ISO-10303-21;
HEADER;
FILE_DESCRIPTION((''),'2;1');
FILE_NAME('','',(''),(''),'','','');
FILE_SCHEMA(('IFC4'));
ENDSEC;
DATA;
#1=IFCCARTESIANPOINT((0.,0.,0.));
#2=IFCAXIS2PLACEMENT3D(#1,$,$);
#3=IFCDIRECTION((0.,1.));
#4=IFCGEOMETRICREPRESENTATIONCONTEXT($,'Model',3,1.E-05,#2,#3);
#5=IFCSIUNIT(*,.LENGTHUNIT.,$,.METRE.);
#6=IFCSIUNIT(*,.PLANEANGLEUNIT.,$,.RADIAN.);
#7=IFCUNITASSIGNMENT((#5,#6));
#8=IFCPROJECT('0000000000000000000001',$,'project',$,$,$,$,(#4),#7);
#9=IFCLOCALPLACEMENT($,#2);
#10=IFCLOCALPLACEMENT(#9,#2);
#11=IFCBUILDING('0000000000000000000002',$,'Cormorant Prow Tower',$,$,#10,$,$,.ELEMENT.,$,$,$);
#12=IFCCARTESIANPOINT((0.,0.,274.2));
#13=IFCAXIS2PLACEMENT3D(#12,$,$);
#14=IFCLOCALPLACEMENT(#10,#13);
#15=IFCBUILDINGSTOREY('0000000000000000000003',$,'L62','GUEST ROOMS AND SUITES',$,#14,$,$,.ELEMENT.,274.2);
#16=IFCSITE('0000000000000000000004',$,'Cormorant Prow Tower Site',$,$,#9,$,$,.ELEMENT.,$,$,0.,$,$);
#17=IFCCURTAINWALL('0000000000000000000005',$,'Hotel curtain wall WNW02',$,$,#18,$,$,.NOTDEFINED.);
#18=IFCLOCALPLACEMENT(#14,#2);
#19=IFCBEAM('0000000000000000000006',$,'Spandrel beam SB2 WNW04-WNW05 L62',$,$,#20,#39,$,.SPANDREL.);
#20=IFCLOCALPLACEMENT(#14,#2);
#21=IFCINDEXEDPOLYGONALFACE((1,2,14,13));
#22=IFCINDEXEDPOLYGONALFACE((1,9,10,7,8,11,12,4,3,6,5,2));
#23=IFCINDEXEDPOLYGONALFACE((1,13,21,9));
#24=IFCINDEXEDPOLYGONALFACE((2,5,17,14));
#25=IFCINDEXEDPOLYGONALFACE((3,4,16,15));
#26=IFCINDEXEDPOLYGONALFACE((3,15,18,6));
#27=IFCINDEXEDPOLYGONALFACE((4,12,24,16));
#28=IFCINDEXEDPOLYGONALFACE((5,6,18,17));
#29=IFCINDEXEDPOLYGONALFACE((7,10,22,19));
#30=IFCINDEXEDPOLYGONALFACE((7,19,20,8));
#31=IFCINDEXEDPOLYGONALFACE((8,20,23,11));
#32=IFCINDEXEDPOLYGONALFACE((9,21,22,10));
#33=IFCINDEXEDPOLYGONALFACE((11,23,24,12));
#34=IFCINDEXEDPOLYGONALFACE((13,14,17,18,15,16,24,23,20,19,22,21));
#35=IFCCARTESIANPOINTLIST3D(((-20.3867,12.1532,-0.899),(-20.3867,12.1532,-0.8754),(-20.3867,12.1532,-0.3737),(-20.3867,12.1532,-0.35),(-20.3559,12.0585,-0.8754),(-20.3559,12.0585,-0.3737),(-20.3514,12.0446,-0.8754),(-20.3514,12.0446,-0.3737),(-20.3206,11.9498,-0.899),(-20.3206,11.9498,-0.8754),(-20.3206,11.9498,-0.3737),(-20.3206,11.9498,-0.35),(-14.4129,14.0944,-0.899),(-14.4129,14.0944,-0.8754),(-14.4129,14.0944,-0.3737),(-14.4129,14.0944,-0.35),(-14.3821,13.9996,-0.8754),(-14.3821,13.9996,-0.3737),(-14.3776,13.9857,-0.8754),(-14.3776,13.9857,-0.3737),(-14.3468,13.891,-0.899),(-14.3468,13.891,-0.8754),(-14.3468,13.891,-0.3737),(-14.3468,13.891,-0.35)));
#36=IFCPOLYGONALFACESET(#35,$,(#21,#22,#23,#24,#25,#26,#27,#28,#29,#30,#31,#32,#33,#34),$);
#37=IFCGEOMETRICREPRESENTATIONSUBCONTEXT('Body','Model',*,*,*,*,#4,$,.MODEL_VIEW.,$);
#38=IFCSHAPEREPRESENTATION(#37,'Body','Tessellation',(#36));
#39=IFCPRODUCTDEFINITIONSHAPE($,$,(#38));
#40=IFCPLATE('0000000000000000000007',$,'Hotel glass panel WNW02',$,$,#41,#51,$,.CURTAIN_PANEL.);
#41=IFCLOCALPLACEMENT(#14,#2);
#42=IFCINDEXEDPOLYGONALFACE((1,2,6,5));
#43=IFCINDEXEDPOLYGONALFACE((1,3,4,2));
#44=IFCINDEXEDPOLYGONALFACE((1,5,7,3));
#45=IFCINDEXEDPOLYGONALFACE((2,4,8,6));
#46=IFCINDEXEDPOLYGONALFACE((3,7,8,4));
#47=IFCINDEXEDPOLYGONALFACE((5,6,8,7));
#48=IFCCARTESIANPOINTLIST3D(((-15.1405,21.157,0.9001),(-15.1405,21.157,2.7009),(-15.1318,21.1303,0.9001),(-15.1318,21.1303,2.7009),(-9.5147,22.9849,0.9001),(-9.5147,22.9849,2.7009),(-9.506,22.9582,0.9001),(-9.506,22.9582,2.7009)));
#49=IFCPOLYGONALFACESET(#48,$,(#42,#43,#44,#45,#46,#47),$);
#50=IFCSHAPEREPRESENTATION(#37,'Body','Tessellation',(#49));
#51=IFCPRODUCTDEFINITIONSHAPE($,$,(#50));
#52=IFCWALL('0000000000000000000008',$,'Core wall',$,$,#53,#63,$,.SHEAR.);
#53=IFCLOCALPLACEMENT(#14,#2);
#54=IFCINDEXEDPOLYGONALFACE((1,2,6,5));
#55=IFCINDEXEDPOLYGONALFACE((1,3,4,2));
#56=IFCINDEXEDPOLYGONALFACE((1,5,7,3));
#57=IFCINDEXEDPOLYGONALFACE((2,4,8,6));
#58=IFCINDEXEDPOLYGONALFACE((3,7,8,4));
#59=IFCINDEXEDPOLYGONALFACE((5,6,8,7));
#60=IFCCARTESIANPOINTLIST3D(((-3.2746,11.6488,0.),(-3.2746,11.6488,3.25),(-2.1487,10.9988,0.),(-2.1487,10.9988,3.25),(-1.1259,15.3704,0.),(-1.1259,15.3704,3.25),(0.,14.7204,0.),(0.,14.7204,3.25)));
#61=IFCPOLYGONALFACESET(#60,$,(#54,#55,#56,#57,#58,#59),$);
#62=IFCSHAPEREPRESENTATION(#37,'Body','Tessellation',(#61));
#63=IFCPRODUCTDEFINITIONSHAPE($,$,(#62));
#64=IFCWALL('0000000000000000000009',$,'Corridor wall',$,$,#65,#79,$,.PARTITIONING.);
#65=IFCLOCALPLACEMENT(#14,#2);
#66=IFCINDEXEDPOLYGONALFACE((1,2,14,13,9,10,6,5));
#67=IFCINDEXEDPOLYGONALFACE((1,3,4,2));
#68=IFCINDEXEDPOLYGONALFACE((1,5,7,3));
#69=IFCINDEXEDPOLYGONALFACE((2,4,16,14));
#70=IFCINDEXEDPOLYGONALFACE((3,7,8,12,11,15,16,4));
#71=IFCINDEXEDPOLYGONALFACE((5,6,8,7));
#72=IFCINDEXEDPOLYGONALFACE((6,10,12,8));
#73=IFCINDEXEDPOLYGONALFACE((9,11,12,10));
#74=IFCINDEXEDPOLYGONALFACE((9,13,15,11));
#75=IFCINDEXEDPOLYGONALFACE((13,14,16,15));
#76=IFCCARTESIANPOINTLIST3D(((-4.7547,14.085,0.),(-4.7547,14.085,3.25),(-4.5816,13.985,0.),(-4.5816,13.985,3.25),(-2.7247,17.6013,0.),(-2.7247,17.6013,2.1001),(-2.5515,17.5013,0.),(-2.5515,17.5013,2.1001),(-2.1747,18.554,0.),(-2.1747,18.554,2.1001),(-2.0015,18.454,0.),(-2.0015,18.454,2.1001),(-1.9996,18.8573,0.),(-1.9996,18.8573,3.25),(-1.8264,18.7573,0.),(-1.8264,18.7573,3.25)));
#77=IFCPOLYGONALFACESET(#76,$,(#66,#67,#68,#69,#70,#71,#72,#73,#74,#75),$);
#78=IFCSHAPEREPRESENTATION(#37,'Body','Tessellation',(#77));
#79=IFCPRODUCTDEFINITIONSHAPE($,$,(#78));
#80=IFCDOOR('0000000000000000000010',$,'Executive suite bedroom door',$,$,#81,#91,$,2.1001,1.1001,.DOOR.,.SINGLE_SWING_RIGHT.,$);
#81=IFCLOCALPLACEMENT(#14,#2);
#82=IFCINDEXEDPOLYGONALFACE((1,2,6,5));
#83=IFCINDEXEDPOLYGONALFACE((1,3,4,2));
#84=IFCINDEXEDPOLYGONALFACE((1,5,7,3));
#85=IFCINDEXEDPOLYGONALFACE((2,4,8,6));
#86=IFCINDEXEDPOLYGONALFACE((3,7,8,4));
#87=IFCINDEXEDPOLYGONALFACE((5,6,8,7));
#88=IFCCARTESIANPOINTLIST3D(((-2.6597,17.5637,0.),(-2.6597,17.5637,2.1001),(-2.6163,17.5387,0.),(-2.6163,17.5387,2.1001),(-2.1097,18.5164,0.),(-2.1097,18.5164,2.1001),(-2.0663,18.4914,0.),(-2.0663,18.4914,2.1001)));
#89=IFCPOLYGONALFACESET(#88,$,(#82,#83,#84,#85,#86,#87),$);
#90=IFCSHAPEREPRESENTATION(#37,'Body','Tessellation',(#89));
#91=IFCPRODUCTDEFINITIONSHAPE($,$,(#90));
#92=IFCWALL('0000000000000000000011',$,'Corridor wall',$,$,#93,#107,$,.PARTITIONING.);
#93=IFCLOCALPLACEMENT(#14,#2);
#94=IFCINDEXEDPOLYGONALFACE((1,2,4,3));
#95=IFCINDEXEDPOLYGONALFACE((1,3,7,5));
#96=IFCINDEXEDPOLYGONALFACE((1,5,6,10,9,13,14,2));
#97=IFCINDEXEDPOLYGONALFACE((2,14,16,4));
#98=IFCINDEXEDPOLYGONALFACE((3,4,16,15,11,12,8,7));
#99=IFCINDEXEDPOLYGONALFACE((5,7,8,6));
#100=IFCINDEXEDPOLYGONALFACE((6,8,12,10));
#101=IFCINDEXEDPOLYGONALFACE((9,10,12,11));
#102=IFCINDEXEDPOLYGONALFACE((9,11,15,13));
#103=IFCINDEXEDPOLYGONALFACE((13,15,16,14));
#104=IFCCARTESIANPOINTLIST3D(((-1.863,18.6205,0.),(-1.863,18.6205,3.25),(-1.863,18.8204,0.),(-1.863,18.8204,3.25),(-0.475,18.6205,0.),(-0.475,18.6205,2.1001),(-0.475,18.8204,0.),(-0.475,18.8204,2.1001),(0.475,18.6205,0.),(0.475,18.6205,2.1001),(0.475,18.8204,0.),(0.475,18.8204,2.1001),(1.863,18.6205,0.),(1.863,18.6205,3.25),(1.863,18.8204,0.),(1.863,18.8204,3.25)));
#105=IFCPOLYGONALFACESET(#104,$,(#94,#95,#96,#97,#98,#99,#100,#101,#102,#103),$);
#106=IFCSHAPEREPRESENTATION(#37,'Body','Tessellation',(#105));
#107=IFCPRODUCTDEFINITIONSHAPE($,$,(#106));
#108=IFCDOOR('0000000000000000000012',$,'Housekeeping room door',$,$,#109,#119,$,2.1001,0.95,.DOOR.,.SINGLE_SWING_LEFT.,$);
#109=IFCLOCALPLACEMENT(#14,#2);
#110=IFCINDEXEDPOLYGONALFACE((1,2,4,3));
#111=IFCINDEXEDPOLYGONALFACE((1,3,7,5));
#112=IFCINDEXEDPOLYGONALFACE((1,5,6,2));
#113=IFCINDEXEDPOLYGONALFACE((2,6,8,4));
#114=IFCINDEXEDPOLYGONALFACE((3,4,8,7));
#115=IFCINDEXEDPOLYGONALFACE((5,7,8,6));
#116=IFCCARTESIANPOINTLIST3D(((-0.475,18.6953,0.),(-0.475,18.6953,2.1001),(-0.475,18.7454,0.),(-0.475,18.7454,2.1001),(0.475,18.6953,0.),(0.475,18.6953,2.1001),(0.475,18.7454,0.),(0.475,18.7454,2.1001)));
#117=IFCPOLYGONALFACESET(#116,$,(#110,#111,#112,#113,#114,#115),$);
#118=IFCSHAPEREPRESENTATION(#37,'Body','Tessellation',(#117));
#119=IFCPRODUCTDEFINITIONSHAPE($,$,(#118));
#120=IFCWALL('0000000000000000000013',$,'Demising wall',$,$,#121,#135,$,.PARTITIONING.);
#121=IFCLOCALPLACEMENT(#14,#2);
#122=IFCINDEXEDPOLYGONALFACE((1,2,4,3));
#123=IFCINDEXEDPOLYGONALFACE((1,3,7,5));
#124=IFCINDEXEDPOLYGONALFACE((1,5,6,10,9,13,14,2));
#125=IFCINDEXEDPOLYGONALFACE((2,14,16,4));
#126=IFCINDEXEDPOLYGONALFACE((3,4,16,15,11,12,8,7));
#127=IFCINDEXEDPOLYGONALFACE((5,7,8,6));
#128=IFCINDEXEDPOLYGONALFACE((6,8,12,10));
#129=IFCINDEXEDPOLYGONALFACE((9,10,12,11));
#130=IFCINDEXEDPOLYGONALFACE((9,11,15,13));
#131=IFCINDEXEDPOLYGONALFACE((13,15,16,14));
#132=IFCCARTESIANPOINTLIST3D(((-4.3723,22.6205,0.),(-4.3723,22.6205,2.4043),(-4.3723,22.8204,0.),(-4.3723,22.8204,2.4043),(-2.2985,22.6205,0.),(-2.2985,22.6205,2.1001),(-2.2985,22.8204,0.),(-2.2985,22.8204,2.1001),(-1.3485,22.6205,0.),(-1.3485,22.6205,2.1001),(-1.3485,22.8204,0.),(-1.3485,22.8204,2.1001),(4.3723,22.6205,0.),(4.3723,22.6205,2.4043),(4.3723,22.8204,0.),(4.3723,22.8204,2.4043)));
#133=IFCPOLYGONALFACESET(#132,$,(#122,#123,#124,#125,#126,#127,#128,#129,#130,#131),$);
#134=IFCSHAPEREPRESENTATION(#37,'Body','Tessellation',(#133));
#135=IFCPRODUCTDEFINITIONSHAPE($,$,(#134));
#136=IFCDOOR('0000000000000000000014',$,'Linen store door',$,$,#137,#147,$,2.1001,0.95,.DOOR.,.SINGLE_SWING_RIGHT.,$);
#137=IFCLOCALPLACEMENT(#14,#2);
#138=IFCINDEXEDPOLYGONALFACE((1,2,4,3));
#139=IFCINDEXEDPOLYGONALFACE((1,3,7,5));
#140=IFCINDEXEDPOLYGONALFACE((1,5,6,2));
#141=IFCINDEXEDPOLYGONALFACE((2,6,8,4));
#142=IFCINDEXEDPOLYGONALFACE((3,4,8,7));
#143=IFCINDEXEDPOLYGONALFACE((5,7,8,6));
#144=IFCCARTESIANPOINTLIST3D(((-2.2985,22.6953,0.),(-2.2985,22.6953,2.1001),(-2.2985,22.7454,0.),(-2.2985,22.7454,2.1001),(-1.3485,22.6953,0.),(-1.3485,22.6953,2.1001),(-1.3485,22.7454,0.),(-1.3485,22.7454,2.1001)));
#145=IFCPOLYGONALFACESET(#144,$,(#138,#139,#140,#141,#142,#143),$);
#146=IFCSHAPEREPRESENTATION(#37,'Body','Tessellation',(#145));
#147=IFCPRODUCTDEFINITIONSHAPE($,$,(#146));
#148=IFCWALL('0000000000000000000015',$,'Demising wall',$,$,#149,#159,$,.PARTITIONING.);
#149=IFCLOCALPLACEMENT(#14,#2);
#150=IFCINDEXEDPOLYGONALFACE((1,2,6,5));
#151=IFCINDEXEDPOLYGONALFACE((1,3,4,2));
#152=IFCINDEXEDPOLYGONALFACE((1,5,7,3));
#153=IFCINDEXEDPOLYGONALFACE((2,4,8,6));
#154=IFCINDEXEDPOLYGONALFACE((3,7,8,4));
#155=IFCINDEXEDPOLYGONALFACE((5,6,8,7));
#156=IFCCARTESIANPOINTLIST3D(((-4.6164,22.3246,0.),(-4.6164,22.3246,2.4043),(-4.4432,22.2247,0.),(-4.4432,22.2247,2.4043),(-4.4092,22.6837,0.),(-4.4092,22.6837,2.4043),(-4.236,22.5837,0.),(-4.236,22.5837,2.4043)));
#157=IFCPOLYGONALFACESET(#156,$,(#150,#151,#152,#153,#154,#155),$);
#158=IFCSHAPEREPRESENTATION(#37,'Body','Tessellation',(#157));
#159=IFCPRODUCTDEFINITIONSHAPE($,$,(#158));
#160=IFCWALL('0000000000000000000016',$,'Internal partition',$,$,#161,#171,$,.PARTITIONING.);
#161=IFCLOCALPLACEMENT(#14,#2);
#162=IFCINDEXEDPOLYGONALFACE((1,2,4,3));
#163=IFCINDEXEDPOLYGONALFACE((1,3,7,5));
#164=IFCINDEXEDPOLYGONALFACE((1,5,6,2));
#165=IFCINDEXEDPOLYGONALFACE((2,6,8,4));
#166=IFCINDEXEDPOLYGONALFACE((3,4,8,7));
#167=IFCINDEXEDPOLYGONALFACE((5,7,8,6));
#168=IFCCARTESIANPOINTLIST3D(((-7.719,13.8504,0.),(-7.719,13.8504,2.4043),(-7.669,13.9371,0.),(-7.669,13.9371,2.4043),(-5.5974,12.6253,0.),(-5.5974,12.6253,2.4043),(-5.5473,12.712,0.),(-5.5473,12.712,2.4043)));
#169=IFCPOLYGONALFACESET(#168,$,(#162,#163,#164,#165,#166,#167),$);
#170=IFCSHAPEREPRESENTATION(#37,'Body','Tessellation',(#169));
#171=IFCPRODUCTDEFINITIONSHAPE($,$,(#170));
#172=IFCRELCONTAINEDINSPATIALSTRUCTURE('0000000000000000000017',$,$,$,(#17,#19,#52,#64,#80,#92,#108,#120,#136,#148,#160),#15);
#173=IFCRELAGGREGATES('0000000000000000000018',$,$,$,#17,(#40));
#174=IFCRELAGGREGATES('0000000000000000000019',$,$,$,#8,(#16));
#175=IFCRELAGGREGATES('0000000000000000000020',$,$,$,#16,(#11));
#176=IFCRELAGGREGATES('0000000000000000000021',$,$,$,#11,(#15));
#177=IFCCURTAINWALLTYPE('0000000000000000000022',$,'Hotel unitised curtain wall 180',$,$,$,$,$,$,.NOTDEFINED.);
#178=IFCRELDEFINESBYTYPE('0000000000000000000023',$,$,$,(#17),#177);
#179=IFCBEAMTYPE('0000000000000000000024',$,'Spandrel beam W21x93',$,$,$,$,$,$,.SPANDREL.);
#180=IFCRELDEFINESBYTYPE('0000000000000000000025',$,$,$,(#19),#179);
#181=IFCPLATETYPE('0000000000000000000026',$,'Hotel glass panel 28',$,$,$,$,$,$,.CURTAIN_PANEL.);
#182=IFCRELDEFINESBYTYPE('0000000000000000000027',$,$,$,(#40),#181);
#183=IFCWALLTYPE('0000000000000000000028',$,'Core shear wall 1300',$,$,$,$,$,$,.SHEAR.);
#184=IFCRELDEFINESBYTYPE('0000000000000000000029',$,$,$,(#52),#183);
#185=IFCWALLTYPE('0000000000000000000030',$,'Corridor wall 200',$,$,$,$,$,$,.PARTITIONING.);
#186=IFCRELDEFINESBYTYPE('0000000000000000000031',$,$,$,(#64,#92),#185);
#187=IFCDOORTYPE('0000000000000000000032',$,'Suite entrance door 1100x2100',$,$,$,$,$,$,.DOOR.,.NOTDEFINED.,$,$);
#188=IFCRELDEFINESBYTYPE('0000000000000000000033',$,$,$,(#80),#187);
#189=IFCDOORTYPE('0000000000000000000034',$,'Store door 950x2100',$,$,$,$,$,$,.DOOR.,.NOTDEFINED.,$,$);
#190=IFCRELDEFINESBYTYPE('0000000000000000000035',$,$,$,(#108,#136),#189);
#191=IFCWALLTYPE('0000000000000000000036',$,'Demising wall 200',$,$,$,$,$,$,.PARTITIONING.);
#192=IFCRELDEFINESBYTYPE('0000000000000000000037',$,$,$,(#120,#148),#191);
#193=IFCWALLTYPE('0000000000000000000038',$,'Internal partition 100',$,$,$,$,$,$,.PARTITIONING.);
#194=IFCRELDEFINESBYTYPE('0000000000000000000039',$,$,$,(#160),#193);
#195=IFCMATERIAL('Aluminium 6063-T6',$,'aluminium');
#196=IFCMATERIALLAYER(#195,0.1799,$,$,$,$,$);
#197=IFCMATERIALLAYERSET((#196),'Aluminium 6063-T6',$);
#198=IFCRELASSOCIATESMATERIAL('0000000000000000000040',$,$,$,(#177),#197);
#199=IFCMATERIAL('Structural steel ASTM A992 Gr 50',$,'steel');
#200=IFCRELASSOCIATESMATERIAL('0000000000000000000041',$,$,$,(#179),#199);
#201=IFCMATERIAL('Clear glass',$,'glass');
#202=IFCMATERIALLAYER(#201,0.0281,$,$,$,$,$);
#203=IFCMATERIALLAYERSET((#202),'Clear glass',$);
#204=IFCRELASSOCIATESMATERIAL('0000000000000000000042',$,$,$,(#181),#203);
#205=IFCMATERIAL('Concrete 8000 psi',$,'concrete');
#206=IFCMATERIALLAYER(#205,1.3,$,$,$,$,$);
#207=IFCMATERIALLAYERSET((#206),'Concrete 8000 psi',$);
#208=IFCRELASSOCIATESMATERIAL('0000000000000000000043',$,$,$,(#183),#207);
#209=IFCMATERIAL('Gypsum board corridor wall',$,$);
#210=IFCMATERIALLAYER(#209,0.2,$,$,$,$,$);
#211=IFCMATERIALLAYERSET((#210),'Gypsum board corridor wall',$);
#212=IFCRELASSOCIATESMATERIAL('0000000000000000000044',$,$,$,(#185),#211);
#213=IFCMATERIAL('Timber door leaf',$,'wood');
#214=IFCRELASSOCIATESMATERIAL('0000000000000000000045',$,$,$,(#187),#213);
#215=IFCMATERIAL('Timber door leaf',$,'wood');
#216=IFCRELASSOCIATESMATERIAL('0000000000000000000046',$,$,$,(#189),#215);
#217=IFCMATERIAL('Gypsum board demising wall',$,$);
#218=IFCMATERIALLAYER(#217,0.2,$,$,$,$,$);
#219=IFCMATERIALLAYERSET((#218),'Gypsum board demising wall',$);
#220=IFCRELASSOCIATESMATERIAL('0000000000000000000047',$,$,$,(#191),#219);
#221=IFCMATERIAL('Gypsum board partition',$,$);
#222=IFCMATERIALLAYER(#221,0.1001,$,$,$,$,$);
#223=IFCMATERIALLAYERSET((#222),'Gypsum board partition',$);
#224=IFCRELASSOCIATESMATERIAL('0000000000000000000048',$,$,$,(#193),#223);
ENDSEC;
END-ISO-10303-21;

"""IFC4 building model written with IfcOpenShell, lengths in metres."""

from ifc_helpers import new_model, si_unit, direction, frame, frame_2d, origin, origin_2d, place, context, subcontext, project, spatial, rectangle, i_section, extrude, material, layer, layer_set, material_profile, profile_set, type_object, element, fill, aggregate, save


model = new_model("IFC4")

# Units and contexts
model_context = context("Model", 3, precision=1e-05, world=origin(), true_north=direction((0.0, 1.0)))
body_context = subcontext(model_context, "Body", "Model", "MODEL_VIEW")
ifc_project = project(units=[si_unit("LENGTHUNIT", "METRE"), si_unit("PLANEANGLEUNIT", "RADIAN")], contexts=[model_context])

# Site, building, storey
site_placement = place(None, origin())
site = spatial("IfcSite", under=ifc_project, at=site_placement, Name="Cormorant Prow Tower Site", CompositionType="ELEMENT", RefElevation=0.0)
building_placement = place(site_placement, origin())
building = spatial("IfcBuilding", under=site, at=building_placement, Name="Cormorant Prow Tower", CompositionType="ELEMENT")
storey_placement = place(building_placement, frame((0.0, 0.0, 274.2)))
storey = spatial("IfcBuildingStorey", under=building, at=storey_placement, Name="L62", Description="GUEST ROOMS AND SUITES", CompositionType="ELEMENT", Elevation=274.2)

# Curtain wall
ifc_material_1 = material(Name="Aluminium 6063-T6", Category="aluminium")
ifc_layer_1 = layer(ifc_material_1, 0.1799)
ifc_layer_set_1 = layer_set([ifc_layer_1], Name="Aluminium 6063-T6")
curtain_wall_type = type_object("IfcCurtainWallType", Name="Hotel unitised curtain wall 180", PredefinedType="NOTDEFINED", material=ifc_layer_set_1)
curtain_wall_1_placement = place(storey_placement, origin())
curtain_wall_1 = element("IfcCurtainWall", 1, at=curtain_wall_1_placement, inside=storey, type_object=curtain_wall_type, Name="Hotel curtain wall WNW02", PredefinedType="NOTDEFINED")

# Beam
ifc_material_2 = material(Name="Structural steel ASTM A992 Gr 50", Category="steel")
ifc_material_profile_1 = material_profile(ifc_material_2, i_section(OverallWidth=0.2139, OverallDepth=0.5491, WebThickness=0.0146, FlangeThickness=0.0237, at=origin_2d()), Name="W21x93")
ifc_profile_set_1 = profile_set([ifc_material_profile_1], Name="Structural steel ASTM A992 Gr 50")
beam_type_1 = type_object("IfcBeamType", Name="Spandrel beam W21x93", PredefinedType="SPANDREL", material=ifc_profile_set_1)
beam_1_placement = place(storey_placement, frame((-14.3799, 13.9927, -0.6245), z_axis=(-0.95105, -0.309036, 0.0), x_axis=(0.309036, -0.95105, 0.0)))
element("IfcBeam", 2, at=beam_1_placement, inside=storey, type_object=beam_type_1, Name="Spandrel beam SB2 WNW04-WNW05 L62", PredefinedType="SPANDREL", context=body_context, shape_type="SweptSolid", body=[
    extrude(i_section(OverallWidth=0.2139, OverallDepth=0.5491, WebThickness=0.0146, FlangeThickness=0.0237, at=origin_2d()), origin(), (0.0, 0.0, 1.0), 6.2812),
])

# Plate
ifc_material_3 = material(Name="Clear glass", Category="glass")
ifc_layer_2 = layer(ifc_material_3, 0.0281)
ifc_layer_set_2 = layer_set([ifc_layer_2], Name="Clear glass")
plate_type = type_object("IfcPlateType", Name="Hotel glass panel 28", PredefinedType="CURTAIN_PANEL", material=ifc_layer_set_2)
plate_placement = place(storey_placement, frame((-12.3232, 22.0576, 0.9001), z_axis=(0.0, 0.0, 1.0), x_axis=(-0.951057, -0.309017, 0.0)))
plate = element("IfcPlate", 3, at=plate_placement, type_object=plate_type, Name="Hotel glass panel WNW02", PredefinedType="CURTAIN_PANEL", context=body_context, shape_type="SweptSolid", body=[
    extrude(rectangle(XDim=5.9153, YDim=0.0281, at=origin_2d()), origin(), (0.0, 0.0, 1.0), 1.8008),
])
aggregate(curtain_wall_1, [plate])

# Wall
ifc_material_4 = material(Name="Concrete 8000 psi", Category="concrete")
ifc_layer_3 = layer(ifc_material_4, 1.3)
ifc_layer_set_3 = layer_set([ifc_layer_3], Name="Concrete 8000 psi")
wall_type_1 = type_object("IfcWallType", Name="Core shear wall 1300", PredefinedType="SHEAR", material=ifc_layer_set_3)
wall_1_placement = place(storey_placement, frame((-0.563, 15.0454, 0.0), z_axis=(0.0, 0.0, 1.0), x_axis=(-0.499995, -0.866029, 0.0)))
element("IfcWall", 4, at=wall_1_placement, inside=storey, type_object=wall_type_1, Name="Core wall", PredefinedType="SHEAR", context=body_context, shape_type="SweptSolid", body=[
    extrude(rectangle(XDim=4.2974, YDim=1.3, at=frame_2d((2.1487, 0.0))), origin(), (0.0, 0.0, 1.0), 3.25),
])

# Walls, openings, doors
ifc_material_5 = material(Name="Gypsum board corridor wall")
ifc_layer_4 = layer(ifc_material_5, 0.2)
ifc_layer_set_4 = layer_set([ifc_layer_4], Name="Gypsum board corridor wall")
wall_type_2 = type_object("IfcWallType", Name="Corridor wall 200", PredefinedType="PARTITIONING", material=ifc_layer_set_4)
wall_2_placement = place(storey_placement, frame((-4.6682, 14.0349, 0.0), z_axis=(0.0, 0.0, 1.0), x_axis=(0.499985, 0.866034, 0.0)))
wall_2 = element("IfcWall", 5, at=wall_2_placement, inside=storey, type_object=wall_type_2, Name="Corridor wall", PredefinedType="PARTITIONING", context=body_context, shape_type="SweptSolid", body=[
    extrude(rectangle(XDim=5.5105, YDim=0.2, at=frame_2d((2.7554, 0.0))), origin(), (0.0, 0.0, 1.0), 3.25),
])
opening_1_placement = place(wall_2_placement, frame((4.0603, 0.0, 0.0)))
opening_1 = element("IfcOpeningElement", 6, at=opening_1_placement, cuts=wall_2, PredefinedType="OPENING", context=body_context, shape_type="SweptSolid", body=[
    extrude(rectangle(XDim=1.1001, YDim=2.1001, at=frame_2d((0.55, 1.05))), frame((0.0, 0.1099, 0.0), z_axis=(0.0, -1.0, 0.0), x_axis=(1.0, 0.0, 0.0)), (0.0, 0.0, 1.0), 0.22),
])
ifc_material_6 = material(Name="Timber door leaf", Category="wood")
door_type_1 = type_object("IfcDoorType", Name="Suite entrance door 1100x2100", OperationType="NOTDEFINED", PredefinedType="DOOR", material=ifc_material_6)
door_1_placement = place(opening_1_placement, origin())
door_1 = element("IfcDoor", 7, at=door_1_placement, inside=storey, type_object=door_type_1, Name="Executive suite bedroom door", OperationType="SINGLE_SWING_RIGHT", OverallHeight=2.1001, OverallWidth=1.1001, PredefinedType="DOOR", context=body_context, shape_type="SweptSolid", body=[
    extrude(rectangle(XDim=1.1001, YDim=2.1001, at=frame_2d((0.55, 1.05))), frame((0.0, 0.0249, 0.0), z_axis=(0.0, -1.0, 0.0), x_axis=(1.0, 0.0, 0.0)), (0.0, 0.0, 1.0), 0.05),
])
fill(opening_1, door_1)
wall_3_placement = place(storey_placement, frame((-1.863, 18.7205, 0.0), z_axis=(0.0, 0.0, 1.0), x_axis=(1.0, 0.0, 0.0)))
wall_3 = element("IfcWall", 8, at=wall_3_placement, inside=storey, type_object=wall_type_2, Name="Corridor wall", PredefinedType="PARTITIONING", context=body_context, shape_type="SweptSolid", body=[
    extrude(rectangle(XDim=3.7261, YDim=0.2, at=frame_2d((1.863, 0.0))), origin(), (0.0, 0.0, 1.0), 3.25),
])
opening_2_placement = place(wall_3_placement, frame((1.3879, 0.0, 0.0)))
opening_2 = element("IfcOpeningElement", 9, at=opening_2_placement, cuts=wall_3, PredefinedType="OPENING", context=body_context, shape_type="SweptSolid", body=[
    extrude(rectangle(XDim=0.95, YDim=2.1001, at=frame_2d((0.4751, 1.05))), frame((0.0, 0.1099, 0.0), z_axis=(0.0, -1.0, 0.0), x_axis=(1.0, 0.0, 0.0)), (0.0, 0.0, 1.0), 0.22),
])
ifc_material_7 = material(Name="Timber door leaf", Category="wood")
door_type_2 = type_object("IfcDoorType", Name="Store door 950x2100", OperationType="NOTDEFINED", PredefinedType="DOOR", material=ifc_material_7)
door_2_placement = place(opening_2_placement, origin())
door_2 = element("IfcDoor", 10, at=door_2_placement, inside=storey, type_object=door_type_2, Name="Housekeeping room door", OperationType="SINGLE_SWING_LEFT", OverallHeight=2.1001, OverallWidth=0.95, PredefinedType="DOOR", context=body_context, shape_type="SweptSolid", body=[
    extrude(rectangle(XDim=0.95, YDim=2.1001, at=frame_2d((0.4751, 1.05))), frame((0.0, 0.0249, 0.0), z_axis=(0.0, -1.0, 0.0), x_axis=(1.0, 0.0, 0.0)), (0.0, 0.0, 1.0), 0.05),
])
fill(opening_2, door_2)
ifc_material_8 = material(Name="Gypsum board demising wall")
ifc_layer_5 = layer(ifc_material_8, 0.2)
ifc_layer_set_5 = layer_set([ifc_layer_5], Name="Gypsum board demising wall")
wall_type_3 = type_object("IfcWallType", Name="Demising wall 200", PredefinedType="PARTITIONING", material=ifc_layer_set_5)
wall_4_placement = place(storey_placement, frame((-4.3723, 22.7205, 0.0), z_axis=(0.0, 0.0, 1.0), x_axis=(1.0, 0.0, 0.0)))
wall_4 = element("IfcWall", 11, at=wall_4_placement, inside=storey, type_object=wall_type_3, Name="Demising wall", PredefinedType="PARTITIONING", context=body_context, shape_type="SweptSolid", body=[
    extrude(rectangle(XDim=8.7446, YDim=0.2, at=frame_2d((4.3723, 0.0))), origin(), (0.0, 0.0, 1.0), 2.4043),
])
opening_3_placement = place(wall_4_placement, frame((2.0737, 0.0, 0.0)))
opening_3 = element("IfcOpeningElement", 12, at=opening_3_placement, cuts=wall_4, PredefinedType="OPENING", context=body_context, shape_type="SweptSolid", body=[
    extrude(rectangle(XDim=0.95, YDim=2.1001, at=frame_2d((0.4751, 1.05))), frame((0.0, 0.1099, 0.0), z_axis=(0.0, -1.0, 0.0), x_axis=(1.0, 0.0, 0.0)), (0.0, 0.0, 1.0), 0.22),
])
door_3_placement = place(opening_3_placement, origin())
door_3 = element("IfcDoor", 13, at=door_3_placement, inside=storey, type_object=door_type_2, Name="Linen store door", OperationType="SINGLE_SWING_RIGHT", OverallHeight=2.1001, OverallWidth=0.95, PredefinedType="DOOR", context=body_context, shape_type="SweptSolid", body=[
    extrude(rectangle(XDim=0.95, YDim=2.1001, at=frame_2d((0.4751, 1.05))), frame((0.0, 0.0249, 0.0), z_axis=(0.0, -1.0, 0.0), x_axis=(1.0, 0.0, 0.0)), (0.0, 0.0, 1.0), 0.05),
])
fill(opening_3, door_3)

# Walls
wall_5_placement = place(storey_placement, frame((-4.5298, 22.2747, 0.0), z_axis=(0.0, 0.0, 1.0), x_axis=(0.499875, 0.866097, 0.0)))
element("IfcWall", 14, at=wall_5_placement, inside=storey, type_object=wall_type_3, Name="Demising wall", PredefinedType="PARTITIONING", context=body_context, shape_type="SweptSolid", body=[
    extrude(rectangle(XDim=0.4146, YDim=0.2, at=frame_2d((0.2073, 0.0))), origin(), (0.0, 0.0, 1.0), 2.4043),
])
ifc_material_9 = material(Name="Gypsum board partition")
ifc_layer_6 = layer(ifc_material_9, 0.1001)
ifc_layer_set_6 = layer_set([ifc_layer_6], Name="Gypsum board partition")
wall_type_4 = type_object("IfcWallType", Name="Internal partition 100", PredefinedType="PARTITIONING", material=ifc_layer_set_6)
wall_6_placement = place(storey_placement, frame((-7.6941, 13.8938, 0.0), z_axis=(0.0, 0.0, 1.0), x_axis=(0.86599, -0.500062, 0.0)))
element("IfcWall", 15, at=wall_6_placement, inside=storey, type_object=wall_type_4, Name="Internal partition", PredefinedType="PARTITIONING", context=body_context, shape_type="SweptSolid", body=[
    extrude(rectangle(XDim=2.45, YDim=0.1001, at=frame_2d((1.2251, 0.0))), origin(), (0.0, 0.0, 1.0), 2.4043),
])

save(model, "model.ifc")
